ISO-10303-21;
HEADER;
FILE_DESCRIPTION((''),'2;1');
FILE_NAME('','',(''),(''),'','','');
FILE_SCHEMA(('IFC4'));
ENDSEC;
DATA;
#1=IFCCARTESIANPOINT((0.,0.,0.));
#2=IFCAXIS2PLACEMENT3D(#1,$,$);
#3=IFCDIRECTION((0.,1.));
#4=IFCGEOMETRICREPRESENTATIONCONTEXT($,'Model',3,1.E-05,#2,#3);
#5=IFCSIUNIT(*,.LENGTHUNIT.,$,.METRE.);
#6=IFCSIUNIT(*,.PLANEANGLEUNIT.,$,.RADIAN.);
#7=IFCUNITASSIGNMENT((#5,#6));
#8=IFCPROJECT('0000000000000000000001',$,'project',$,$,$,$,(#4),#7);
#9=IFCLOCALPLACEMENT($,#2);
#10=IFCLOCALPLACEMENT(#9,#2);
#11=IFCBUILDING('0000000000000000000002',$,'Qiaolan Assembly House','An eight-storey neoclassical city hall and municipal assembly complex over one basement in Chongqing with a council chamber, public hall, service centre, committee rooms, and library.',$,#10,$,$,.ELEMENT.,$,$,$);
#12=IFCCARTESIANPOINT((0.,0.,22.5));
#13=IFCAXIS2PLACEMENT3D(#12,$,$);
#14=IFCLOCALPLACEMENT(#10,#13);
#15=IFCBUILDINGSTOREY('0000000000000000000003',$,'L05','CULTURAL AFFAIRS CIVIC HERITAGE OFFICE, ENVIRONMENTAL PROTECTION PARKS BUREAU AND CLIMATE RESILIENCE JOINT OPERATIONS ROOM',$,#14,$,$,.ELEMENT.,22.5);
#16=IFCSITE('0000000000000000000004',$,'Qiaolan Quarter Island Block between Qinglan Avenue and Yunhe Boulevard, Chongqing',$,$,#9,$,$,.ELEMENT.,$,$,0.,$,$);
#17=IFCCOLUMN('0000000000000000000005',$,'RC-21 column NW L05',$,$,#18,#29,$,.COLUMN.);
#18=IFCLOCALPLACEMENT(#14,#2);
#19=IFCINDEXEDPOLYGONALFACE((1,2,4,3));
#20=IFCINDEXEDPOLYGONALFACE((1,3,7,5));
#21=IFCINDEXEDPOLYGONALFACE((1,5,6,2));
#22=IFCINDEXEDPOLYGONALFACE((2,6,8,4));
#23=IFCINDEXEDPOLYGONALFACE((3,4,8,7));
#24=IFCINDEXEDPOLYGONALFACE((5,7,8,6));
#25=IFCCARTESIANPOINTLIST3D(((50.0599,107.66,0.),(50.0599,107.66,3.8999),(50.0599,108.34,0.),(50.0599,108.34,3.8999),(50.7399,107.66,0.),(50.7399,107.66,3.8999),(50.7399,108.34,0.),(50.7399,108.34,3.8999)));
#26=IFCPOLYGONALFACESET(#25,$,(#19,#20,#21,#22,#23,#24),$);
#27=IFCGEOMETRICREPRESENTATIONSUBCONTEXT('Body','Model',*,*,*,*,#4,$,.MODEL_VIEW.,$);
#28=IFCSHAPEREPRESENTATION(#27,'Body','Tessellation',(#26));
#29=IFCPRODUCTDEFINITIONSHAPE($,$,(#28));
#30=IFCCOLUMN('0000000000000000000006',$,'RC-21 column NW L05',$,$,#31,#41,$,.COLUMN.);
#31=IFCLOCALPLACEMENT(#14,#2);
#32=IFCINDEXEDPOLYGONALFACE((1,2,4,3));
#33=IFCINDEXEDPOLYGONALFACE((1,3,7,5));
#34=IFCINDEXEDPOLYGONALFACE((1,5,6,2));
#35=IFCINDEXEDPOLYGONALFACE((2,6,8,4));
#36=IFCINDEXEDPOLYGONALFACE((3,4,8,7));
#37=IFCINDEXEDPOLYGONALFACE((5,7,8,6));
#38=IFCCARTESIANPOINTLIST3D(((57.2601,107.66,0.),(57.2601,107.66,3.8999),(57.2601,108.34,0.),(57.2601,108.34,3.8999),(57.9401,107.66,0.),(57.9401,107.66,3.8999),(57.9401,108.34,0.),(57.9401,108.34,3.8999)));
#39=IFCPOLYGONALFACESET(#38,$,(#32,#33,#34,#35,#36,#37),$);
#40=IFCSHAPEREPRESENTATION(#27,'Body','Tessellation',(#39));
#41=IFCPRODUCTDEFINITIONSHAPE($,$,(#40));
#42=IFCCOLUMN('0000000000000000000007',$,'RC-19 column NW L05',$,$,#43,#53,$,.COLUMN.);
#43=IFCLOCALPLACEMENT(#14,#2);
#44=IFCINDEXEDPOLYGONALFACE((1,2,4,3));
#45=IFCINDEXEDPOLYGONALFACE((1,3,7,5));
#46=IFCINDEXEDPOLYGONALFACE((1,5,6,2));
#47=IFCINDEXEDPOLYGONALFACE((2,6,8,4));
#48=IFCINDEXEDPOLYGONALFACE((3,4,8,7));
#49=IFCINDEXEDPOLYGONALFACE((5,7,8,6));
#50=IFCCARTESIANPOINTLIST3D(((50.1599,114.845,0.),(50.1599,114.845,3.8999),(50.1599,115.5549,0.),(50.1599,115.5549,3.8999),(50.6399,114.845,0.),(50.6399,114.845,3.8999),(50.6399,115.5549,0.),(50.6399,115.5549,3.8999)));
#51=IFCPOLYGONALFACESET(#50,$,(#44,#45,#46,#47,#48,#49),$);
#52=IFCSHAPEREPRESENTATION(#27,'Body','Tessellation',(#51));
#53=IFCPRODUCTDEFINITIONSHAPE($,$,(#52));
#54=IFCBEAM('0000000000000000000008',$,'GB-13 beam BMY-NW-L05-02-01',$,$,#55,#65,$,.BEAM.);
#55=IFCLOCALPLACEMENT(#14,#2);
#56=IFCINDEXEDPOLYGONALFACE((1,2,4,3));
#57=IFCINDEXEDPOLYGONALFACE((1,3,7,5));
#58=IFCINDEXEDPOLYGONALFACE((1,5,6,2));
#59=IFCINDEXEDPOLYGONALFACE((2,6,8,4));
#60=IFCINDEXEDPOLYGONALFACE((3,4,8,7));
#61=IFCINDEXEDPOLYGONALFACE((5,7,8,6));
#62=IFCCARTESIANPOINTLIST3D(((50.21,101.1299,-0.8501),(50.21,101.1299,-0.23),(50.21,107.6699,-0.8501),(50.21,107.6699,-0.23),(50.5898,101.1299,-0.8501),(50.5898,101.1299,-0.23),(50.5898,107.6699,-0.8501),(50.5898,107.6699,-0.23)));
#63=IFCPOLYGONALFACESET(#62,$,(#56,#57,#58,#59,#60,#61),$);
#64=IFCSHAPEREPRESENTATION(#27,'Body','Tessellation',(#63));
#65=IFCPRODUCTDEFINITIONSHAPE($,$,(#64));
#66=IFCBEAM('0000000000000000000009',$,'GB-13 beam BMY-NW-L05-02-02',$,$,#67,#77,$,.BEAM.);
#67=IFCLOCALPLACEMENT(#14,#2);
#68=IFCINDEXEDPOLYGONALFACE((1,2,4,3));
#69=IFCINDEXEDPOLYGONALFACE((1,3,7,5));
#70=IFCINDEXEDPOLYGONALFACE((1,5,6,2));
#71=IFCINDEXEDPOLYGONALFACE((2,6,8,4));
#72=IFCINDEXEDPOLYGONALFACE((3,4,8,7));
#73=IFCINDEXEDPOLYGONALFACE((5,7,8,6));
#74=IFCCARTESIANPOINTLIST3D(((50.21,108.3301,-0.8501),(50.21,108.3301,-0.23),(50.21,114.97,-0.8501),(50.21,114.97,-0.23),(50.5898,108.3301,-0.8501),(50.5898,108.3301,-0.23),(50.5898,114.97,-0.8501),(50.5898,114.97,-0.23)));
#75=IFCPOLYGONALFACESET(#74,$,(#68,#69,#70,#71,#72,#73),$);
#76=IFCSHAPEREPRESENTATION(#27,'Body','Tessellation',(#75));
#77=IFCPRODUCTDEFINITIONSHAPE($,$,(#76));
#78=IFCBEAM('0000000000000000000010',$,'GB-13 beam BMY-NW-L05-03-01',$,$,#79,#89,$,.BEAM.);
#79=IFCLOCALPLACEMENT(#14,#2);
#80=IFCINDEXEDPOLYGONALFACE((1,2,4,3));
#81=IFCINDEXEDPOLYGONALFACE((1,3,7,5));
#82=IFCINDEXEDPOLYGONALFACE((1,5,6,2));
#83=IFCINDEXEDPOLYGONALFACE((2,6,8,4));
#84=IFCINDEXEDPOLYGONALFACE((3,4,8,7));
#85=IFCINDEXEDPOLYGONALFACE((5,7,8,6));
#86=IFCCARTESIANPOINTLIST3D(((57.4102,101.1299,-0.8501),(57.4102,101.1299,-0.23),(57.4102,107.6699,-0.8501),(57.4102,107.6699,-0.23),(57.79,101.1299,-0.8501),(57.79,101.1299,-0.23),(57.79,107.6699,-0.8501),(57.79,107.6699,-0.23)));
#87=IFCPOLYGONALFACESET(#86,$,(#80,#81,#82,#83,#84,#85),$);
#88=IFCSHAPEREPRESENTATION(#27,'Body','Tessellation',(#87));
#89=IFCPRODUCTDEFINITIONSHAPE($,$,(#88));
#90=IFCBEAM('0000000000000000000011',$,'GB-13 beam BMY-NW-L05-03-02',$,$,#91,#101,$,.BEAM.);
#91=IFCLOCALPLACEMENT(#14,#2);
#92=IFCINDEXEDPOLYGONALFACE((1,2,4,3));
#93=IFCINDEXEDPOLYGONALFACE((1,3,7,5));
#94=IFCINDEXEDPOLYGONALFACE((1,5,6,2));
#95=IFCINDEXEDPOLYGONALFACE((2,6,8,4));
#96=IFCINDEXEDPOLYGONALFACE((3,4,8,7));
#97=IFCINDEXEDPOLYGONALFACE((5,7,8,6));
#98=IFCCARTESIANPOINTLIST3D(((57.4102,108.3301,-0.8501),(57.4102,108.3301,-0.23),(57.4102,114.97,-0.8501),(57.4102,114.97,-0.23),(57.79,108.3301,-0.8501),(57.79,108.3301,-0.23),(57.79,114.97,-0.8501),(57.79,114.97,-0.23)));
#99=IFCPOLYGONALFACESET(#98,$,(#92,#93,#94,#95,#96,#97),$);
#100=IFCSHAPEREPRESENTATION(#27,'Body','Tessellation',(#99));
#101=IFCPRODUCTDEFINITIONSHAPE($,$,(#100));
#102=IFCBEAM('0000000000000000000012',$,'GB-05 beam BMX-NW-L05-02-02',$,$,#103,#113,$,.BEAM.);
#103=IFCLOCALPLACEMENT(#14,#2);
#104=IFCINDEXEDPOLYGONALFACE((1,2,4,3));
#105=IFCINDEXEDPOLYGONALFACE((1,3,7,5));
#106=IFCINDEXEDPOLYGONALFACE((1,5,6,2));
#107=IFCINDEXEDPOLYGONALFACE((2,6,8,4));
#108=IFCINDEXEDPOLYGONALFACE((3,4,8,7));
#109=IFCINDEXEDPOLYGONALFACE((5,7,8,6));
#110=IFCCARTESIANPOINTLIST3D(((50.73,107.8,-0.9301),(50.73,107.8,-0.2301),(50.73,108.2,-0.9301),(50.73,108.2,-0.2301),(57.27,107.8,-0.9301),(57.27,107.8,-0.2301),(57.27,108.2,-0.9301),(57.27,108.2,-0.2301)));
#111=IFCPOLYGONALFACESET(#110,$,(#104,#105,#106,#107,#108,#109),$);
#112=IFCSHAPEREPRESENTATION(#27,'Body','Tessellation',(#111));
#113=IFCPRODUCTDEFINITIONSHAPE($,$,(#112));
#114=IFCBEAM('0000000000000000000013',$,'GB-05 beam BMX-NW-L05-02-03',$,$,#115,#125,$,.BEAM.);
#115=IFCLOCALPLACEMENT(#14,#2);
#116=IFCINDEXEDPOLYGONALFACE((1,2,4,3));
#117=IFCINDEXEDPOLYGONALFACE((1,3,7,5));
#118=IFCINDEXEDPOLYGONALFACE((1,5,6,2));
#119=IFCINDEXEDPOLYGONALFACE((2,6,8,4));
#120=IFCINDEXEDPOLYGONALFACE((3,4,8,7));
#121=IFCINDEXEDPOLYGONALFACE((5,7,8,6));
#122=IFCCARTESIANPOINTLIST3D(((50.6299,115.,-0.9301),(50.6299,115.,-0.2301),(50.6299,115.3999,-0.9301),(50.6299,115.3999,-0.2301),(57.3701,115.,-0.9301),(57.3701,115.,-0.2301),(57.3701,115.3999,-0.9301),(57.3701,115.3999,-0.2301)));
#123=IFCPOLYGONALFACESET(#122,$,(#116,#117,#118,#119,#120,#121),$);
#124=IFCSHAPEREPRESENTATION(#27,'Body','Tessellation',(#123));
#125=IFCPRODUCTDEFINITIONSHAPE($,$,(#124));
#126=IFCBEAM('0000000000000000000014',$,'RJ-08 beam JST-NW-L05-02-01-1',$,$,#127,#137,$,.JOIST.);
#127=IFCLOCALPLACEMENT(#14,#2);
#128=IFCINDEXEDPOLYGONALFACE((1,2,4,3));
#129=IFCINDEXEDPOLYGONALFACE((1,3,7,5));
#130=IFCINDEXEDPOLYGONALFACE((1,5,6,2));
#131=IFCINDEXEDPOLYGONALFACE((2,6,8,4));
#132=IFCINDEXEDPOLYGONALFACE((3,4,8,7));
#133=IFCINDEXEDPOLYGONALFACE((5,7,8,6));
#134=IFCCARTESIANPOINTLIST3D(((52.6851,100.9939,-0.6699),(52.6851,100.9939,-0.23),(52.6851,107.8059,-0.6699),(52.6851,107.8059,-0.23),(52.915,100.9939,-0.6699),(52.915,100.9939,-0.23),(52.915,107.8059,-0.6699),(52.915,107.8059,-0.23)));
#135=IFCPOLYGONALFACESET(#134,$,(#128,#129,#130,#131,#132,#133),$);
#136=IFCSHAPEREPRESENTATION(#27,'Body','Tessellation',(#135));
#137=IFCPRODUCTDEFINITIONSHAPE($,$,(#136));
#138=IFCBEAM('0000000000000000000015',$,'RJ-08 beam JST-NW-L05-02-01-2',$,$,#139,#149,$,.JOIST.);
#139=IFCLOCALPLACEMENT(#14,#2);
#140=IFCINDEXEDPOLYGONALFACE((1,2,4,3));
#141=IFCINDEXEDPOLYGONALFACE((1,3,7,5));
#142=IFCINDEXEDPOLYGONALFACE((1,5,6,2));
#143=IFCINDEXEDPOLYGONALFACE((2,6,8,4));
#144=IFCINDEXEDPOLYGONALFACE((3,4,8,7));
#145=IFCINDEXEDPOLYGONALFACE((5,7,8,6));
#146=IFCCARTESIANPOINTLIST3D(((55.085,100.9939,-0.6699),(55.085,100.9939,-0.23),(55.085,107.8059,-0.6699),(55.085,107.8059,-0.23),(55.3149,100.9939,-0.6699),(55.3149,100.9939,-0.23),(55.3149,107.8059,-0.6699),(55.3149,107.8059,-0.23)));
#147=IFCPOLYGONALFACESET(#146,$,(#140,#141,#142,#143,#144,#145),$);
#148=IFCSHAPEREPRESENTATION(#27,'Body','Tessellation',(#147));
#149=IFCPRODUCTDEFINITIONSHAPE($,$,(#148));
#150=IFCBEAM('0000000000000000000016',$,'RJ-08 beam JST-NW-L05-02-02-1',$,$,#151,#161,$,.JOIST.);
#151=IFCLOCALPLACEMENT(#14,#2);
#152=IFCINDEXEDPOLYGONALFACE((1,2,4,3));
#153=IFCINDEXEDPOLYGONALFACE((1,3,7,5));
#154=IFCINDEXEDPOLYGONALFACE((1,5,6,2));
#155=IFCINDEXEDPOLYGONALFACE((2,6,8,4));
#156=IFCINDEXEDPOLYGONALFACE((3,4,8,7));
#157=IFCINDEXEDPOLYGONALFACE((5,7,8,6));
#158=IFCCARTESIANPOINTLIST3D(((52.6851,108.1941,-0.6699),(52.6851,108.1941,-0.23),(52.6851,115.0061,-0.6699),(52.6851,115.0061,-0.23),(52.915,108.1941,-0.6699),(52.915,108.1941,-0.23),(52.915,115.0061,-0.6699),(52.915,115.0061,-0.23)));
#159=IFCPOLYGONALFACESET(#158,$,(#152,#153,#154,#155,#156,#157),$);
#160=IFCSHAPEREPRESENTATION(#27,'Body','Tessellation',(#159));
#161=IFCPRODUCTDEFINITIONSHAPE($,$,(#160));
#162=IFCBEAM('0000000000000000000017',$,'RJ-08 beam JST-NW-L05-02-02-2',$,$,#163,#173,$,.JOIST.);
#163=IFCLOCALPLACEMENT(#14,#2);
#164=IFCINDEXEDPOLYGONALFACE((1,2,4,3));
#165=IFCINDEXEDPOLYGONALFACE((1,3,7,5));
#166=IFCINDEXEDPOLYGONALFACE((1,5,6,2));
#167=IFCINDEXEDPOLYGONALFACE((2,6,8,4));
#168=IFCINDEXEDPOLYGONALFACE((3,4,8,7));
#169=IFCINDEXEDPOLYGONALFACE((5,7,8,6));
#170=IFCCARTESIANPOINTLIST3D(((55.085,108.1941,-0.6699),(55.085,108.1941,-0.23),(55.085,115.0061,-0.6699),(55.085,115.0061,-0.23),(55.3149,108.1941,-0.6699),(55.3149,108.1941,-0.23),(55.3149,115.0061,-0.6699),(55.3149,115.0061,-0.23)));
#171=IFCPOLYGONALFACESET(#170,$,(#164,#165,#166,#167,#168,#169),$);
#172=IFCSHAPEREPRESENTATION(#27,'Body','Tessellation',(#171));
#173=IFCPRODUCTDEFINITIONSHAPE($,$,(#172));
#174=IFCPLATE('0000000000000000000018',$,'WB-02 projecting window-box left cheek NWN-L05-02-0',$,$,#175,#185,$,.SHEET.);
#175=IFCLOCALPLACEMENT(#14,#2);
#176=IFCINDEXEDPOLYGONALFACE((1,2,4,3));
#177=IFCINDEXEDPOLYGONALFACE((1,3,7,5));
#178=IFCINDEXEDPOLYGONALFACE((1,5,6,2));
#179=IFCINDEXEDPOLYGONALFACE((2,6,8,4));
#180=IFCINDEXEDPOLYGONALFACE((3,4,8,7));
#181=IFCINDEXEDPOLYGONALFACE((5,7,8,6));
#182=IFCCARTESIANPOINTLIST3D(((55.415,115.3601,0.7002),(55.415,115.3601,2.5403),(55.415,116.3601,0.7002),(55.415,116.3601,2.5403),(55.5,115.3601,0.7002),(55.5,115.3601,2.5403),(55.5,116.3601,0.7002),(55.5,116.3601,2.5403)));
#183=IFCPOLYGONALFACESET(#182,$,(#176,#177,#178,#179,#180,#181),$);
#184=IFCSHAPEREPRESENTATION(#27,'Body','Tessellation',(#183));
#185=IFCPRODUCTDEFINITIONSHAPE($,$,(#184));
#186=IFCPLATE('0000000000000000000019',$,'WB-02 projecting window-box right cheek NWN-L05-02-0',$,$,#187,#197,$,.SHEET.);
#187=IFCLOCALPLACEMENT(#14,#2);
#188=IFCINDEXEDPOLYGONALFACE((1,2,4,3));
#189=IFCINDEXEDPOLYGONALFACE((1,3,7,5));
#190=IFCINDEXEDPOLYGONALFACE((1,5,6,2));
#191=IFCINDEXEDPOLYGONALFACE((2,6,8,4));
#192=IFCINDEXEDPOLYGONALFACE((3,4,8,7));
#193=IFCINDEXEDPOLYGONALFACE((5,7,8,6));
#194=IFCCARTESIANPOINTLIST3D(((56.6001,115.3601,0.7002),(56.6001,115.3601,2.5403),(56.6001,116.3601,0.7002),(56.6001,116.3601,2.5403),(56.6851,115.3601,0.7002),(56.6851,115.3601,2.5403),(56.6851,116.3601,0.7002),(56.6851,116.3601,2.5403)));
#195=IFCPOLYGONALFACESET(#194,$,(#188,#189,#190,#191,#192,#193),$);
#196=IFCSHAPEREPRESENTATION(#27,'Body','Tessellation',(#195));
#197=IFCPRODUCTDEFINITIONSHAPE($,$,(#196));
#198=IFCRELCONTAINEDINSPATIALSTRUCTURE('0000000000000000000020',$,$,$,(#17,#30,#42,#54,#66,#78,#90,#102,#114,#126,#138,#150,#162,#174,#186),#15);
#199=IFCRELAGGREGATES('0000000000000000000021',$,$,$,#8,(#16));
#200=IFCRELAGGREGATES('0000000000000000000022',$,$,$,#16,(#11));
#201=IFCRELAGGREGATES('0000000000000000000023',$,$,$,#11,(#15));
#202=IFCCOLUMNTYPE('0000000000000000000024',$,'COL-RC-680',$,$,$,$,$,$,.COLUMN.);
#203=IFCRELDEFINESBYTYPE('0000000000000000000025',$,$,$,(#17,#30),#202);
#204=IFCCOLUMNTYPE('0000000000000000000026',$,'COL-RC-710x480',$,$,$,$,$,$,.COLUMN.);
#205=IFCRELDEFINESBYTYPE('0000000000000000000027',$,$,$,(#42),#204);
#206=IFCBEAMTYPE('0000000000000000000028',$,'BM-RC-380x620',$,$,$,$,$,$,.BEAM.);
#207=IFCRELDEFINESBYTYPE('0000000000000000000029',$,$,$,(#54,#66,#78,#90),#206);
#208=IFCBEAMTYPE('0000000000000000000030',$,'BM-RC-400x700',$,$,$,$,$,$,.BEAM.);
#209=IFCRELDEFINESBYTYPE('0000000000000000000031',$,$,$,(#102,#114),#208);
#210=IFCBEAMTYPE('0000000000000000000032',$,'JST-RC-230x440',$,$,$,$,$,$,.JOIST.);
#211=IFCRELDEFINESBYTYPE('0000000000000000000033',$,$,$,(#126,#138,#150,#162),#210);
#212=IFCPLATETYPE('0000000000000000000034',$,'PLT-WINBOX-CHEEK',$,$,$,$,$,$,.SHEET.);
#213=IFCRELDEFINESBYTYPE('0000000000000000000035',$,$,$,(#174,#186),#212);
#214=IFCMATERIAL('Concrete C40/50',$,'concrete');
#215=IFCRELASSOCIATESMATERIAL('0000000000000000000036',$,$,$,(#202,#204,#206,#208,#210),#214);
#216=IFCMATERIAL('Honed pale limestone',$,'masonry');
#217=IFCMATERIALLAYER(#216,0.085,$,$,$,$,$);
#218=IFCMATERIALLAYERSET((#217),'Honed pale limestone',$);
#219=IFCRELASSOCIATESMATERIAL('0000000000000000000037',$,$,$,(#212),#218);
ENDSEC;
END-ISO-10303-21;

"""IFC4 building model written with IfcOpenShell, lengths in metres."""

from ifc_helpers import new_model, si_unit, direction, frame, origin, origin_2d, place, context, subcontext, project, spatial, rectangle, extrude, material, layer, layer_set, material_profile, profile_set, type_object, element, save


model = new_model("IFC4")

# Units and contexts
model_context = context("Model", 3, precision=1e-05, world=origin(), true_north=direction((0.0, 1.0)))
body_context = subcontext(model_context, "Body", "Model", "MODEL_VIEW")
ifc_project = project(units=[si_unit("LENGTHUNIT", "METRE"), si_unit("PLANEANGLEUNIT", "RADIAN")], contexts=[model_context])

# Site, building, storey
site_placement = place(None, origin())
site = spatial("IfcSite", under=ifc_project, at=site_placement, Name="Qiaolan Quarter Island Block between Qinglan Avenue and Yunhe Boulevard, Chongqing", CompositionType="ELEMENT", RefElevation=0.0)
building_placement = place(site_placement, origin())
building = spatial("IfcBuilding", under=site, at=building_placement, Name="Qiaolan Assembly House", Description="An eight-storey neoclassical city hall and municipal assembly complex over one basement in Chongqing with a council chamber, public hall, service centre, committee rooms, and library.", CompositionType="ELEMENT")
storey_placement = place(building_placement, frame((0.0, 0.0, 22.5)))
storey = spatial("IfcBuildingStorey", under=building, at=storey_placement, Name="L05", Description="CULTURAL AFFAIRS CIVIC HERITAGE OFFICE, ENVIRONMENTAL PROTECTION PARKS BUREAU AND CLIMATE RESILIENCE JOINT OPERATIONS ROOM", CompositionType="ELEMENT", Elevation=22.5)

# Columns
ifc_material_1 = material(Name="Concrete C40/50", Category="concrete")
ifc_material_profile_1 = material_profile(ifc_material_1, rectangle(XDim=0.6799, YDim=0.6799, at=origin_2d()), Name="RC 680x680")
ifc_profile_set_1 = profile_set([ifc_material_profile_1], Name="Concrete C40/50")
column_type_1 = type_object("IfcColumnType", Name="COL-RC-680", PredefinedType="COLUMN", material=ifc_profile_set_1)
for number, where, z_axis, x_axis, name in (
    (1, (50.3999, 108.0, 0.0), (0.0, 0.0, 1.0), (1.0, 0.0, 0.0), "RC-21 column NW L05"),
    (2, (57.6001, 108.0, 0.0), (0.0, 0.0, 1.0), (1.0, 0.0, 0.0), "RC-21 column NW L05"),
):
    element("IfcColumn", number, at=place(storey_placement, frame(where, z_axis=z_axis, x_axis=x_axis)), inside=storey, type_object=column_type_1, Name=name, PredefinedType="COLUMN", context=body_context, shape_type="SweptSolid", body=[
        extrude(rectangle(XDim=0.6799, YDim=0.6799, at=origin_2d()), origin(), (0.0, 0.0, 1.0), 3.8999),
    ])
ifc_material_profile_2 = material_profile(ifc_material_1, rectangle(XDim=0.48, YDim=0.71, at=origin_2d()), Name="RC 710x480")
ifc_profile_set_2 = profile_set([ifc_material_profile_2], Name="Concrete C40/50")
column_type_2 = type_object("IfcColumnType", Name="COL-RC-710x480", PredefinedType="COLUMN", material=ifc_profile_set_2)
column_placement = place(storey_placement, frame((50.3999, 115.2, 0.0), z_axis=(0.0, 0.0, 1.0), x_axis=(1.0, 0.0, 0.0)))
element("IfcColumn", 3, at=column_placement, inside=storey, type_object=column_type_2, Name="RC-19 column NW L05", PredefinedType="COLUMN", context=body_context, shape_type="SweptSolid", body=[
    extrude(rectangle(XDim=0.48, YDim=0.71, at=origin_2d()), origin(), (0.0, 0.0, 1.0), 3.8999),
])

# Beams
ifc_material_profile_3 = material_profile(ifc_material_1, rectangle(XDim=0.3799, YDim=0.6201, at=origin_2d()), Name="RCB 380x620")
ifc_profile_set_3 = profile_set([ifc_material_profile_3], Name="Concrete C40/50")
beam_type_1 = type_object("IfcBeamType", Name="BM-RC-380x620", PredefinedType="BEAM", material=ifc_profile_set_3)
beam_1_placement = place(storey_placement, frame((50.3999, 101.1299, -0.54), z_axis=(0.0, 1.0, 0.0), x_axis=(-1.0, 0.0, 0.0)))
element("IfcBeam", 4, at=beam_1_placement, inside=storey, type_object=beam_type_1, Name="GB-13 beam BMY-NW-L05-02-01", PredefinedType="BEAM", context=body_context, shape_type="SweptSolid", body=[
    extrude(rectangle(XDim=0.3799, YDim=0.6201, at=origin_2d()), origin(), (0.0, 0.0, 1.0), 6.54),
])
beam_2_placement = place(storey_placement, frame((50.3999, 108.3301, -0.54), z_axis=(0.0, 1.0, 0.0), x_axis=(-1.0, 0.0, 0.0)))
element("IfcBeam", 5, at=beam_2_placement, inside=storey, type_object=beam_type_1, Name="GB-13 beam BMY-NW-L05-02-02", PredefinedType="BEAM", context=body_context, shape_type="SweptSolid", body=[
    extrude(rectangle(XDim=0.3799, YDim=0.6201, at=origin_2d()), origin(), (0.0, 0.0, 1.0), 6.6399),
])
beam_3_placement = place(storey_placement, frame((57.6001, 101.1299, -0.54), z_axis=(0.0, 1.0, 0.0), x_axis=(-1.0, 0.0, 0.0)))
element("IfcBeam", 6, at=beam_3_placement, inside=storey, type_object=beam_type_1, Name="GB-13 beam BMY-NW-L05-03-01", PredefinedType="BEAM", context=body_context, shape_type="SweptSolid", body=[
    extrude(rectangle(XDim=0.3799, YDim=0.6201, at=origin_2d()), origin(), (0.0, 0.0, 1.0), 6.54),
])
beam_4_placement = place(storey_placement, frame((57.6001, 108.3301, -0.54), z_axis=(0.0, 1.0, 0.0), x_axis=(-1.0, 0.0, 0.0)))
element("IfcBeam", 7, at=beam_4_placement, inside=storey, type_object=beam_type_1, Name="GB-13 beam BMY-NW-L05-03-02", PredefinedType="BEAM", context=body_context, shape_type="SweptSolid", body=[
    extrude(rectangle(XDim=0.3799, YDim=0.6201, at=origin_2d()), origin(), (0.0, 0.0, 1.0), 6.6399),
])
ifc_material_profile_4 = material_profile(ifc_material_1, rectangle(XDim=0.3999, YDim=0.7, at=origin_2d()), Name="RCB 400x700")
ifc_profile_set_4 = profile_set([ifc_material_profile_4], Name="Concrete C40/50")
beam_type_2 = type_object("IfcBeamType", Name="BM-RC-400x700", PredefinedType="BEAM", material=ifc_profile_set_4)
beam_5_placement = place(storey_placement, frame((50.73, 108.0, -0.5801), z_axis=(1.0, 0.0, 0.0), x_axis=(0.0, 1.0, 0.0)))
element("IfcBeam", 8, at=beam_5_placement, inside=storey, type_object=beam_type_2, Name="GB-05 beam BMX-NW-L05-02-02", PredefinedType="BEAM", context=body_context, shape_type="SweptSolid", body=[
    extrude(rectangle(XDim=0.3999, YDim=0.7, at=origin_2d()), origin(), (0.0, 0.0, 1.0), 6.54),
])
beam_6_placement = place(storey_placement, frame((50.6299, 115.2, -0.5801), z_axis=(1.0, 0.0, 0.0), x_axis=(0.0, 1.0, 0.0)))
element("IfcBeam", 9, at=beam_6_placement, inside=storey, type_object=beam_type_2, Name="GB-05 beam BMX-NW-L05-02-03", PredefinedType="BEAM", context=body_context, shape_type="SweptSolid", body=[
    extrude(rectangle(XDim=0.3999, YDim=0.7, at=origin_2d()), origin(), (0.0, 0.0, 1.0), 6.7402),
])
ifc_material_profile_5 = material_profile(ifc_material_1, rectangle(XDim=0.23, YDim=0.4399, at=origin_2d()), Name="RCB 230x440")
ifc_profile_set_5 = profile_set([ifc_material_profile_5], Name="Concrete C40/50")
beam_type_3 = type_object("IfcBeamType", Name="JST-RC-230x440", PredefinedType="JOIST", material=ifc_profile_set_5)
for number, where, z_axis, x_axis, name in (
    (10, (52.8, 100.9939, -0.45), (0.0, 1.0, 0.0), (-1.0, 0.0, 0.0), "RJ-08 beam JST-NW-L05-02-01-1"),
    (11, (55.2, 100.9939, -0.45), (0.0, 1.0, 0.0), (-1.0, 0.0, 0.0), "RJ-08 beam JST-NW-L05-02-01-2"),
    (12, (52.8, 108.1941, -0.45), (0.0, 1.0, 0.0), (-1.0, 0.0, 0.0), "RJ-08 beam JST-NW-L05-02-02-1"),
    (13, (55.2, 108.1941, -0.45), (0.0, 1.0, 0.0), (-1.0, 0.0, 0.0), "RJ-08 beam JST-NW-L05-02-02-2"),
):
    element("IfcBeam", number, at=place(storey_placement, frame(where, z_axis=z_axis, x_axis=x_axis)), inside=storey, type_object=beam_type_3, Name=name, PredefinedType="JOIST", context=body_context, shape_type="SweptSolid", body=[
        extrude(rectangle(XDim=0.23, YDim=0.4399, at=origin_2d()), origin(), (0.0, 0.0, 1.0), 6.812),
    ])

# Plates
ifc_material_2 = material(Name="Honed pale limestone", Category="masonry")
ifc_layer_1 = layer(ifc_material_2, 0.085)
ifc_layer_set_1 = layer_set([ifc_layer_1], Name="Honed pale limestone")
plate_type = type_object("IfcPlateType", Name="PLT-WINBOX-CHEEK", PredefinedType="SHEET", material=ifc_layer_set_1)
for number, where, z_axis, x_axis, name in (
    (14, (55.4575, 115.8601, 0.7002), (0.0, 0.0, 1.0), (1.0, 0.0, 0.0), "WB-02 projecting window-box left cheek NWN-L05-02-0"),
    (15, (56.6426, 115.8601, 0.7002), (0.0, 0.0, 1.0), (1.0, 0.0, 0.0), "WB-02 projecting window-box right cheek NWN-L05-02-0"),
):
    element("IfcPlate", number, at=place(storey_placement, frame(where, z_axis=z_axis, x_axis=x_axis)), inside=storey, type_object=plate_type, Name=name, PredefinedType="SHEET", context=body_context, shape_type="SweptSolid", body=[
        extrude(rectangle(XDim=0.085, YDim=1.0, at=origin_2d()), origin(), (0.0, 0.0, 1.0), 1.8401),
    ])

save(model, "model.ifc")
